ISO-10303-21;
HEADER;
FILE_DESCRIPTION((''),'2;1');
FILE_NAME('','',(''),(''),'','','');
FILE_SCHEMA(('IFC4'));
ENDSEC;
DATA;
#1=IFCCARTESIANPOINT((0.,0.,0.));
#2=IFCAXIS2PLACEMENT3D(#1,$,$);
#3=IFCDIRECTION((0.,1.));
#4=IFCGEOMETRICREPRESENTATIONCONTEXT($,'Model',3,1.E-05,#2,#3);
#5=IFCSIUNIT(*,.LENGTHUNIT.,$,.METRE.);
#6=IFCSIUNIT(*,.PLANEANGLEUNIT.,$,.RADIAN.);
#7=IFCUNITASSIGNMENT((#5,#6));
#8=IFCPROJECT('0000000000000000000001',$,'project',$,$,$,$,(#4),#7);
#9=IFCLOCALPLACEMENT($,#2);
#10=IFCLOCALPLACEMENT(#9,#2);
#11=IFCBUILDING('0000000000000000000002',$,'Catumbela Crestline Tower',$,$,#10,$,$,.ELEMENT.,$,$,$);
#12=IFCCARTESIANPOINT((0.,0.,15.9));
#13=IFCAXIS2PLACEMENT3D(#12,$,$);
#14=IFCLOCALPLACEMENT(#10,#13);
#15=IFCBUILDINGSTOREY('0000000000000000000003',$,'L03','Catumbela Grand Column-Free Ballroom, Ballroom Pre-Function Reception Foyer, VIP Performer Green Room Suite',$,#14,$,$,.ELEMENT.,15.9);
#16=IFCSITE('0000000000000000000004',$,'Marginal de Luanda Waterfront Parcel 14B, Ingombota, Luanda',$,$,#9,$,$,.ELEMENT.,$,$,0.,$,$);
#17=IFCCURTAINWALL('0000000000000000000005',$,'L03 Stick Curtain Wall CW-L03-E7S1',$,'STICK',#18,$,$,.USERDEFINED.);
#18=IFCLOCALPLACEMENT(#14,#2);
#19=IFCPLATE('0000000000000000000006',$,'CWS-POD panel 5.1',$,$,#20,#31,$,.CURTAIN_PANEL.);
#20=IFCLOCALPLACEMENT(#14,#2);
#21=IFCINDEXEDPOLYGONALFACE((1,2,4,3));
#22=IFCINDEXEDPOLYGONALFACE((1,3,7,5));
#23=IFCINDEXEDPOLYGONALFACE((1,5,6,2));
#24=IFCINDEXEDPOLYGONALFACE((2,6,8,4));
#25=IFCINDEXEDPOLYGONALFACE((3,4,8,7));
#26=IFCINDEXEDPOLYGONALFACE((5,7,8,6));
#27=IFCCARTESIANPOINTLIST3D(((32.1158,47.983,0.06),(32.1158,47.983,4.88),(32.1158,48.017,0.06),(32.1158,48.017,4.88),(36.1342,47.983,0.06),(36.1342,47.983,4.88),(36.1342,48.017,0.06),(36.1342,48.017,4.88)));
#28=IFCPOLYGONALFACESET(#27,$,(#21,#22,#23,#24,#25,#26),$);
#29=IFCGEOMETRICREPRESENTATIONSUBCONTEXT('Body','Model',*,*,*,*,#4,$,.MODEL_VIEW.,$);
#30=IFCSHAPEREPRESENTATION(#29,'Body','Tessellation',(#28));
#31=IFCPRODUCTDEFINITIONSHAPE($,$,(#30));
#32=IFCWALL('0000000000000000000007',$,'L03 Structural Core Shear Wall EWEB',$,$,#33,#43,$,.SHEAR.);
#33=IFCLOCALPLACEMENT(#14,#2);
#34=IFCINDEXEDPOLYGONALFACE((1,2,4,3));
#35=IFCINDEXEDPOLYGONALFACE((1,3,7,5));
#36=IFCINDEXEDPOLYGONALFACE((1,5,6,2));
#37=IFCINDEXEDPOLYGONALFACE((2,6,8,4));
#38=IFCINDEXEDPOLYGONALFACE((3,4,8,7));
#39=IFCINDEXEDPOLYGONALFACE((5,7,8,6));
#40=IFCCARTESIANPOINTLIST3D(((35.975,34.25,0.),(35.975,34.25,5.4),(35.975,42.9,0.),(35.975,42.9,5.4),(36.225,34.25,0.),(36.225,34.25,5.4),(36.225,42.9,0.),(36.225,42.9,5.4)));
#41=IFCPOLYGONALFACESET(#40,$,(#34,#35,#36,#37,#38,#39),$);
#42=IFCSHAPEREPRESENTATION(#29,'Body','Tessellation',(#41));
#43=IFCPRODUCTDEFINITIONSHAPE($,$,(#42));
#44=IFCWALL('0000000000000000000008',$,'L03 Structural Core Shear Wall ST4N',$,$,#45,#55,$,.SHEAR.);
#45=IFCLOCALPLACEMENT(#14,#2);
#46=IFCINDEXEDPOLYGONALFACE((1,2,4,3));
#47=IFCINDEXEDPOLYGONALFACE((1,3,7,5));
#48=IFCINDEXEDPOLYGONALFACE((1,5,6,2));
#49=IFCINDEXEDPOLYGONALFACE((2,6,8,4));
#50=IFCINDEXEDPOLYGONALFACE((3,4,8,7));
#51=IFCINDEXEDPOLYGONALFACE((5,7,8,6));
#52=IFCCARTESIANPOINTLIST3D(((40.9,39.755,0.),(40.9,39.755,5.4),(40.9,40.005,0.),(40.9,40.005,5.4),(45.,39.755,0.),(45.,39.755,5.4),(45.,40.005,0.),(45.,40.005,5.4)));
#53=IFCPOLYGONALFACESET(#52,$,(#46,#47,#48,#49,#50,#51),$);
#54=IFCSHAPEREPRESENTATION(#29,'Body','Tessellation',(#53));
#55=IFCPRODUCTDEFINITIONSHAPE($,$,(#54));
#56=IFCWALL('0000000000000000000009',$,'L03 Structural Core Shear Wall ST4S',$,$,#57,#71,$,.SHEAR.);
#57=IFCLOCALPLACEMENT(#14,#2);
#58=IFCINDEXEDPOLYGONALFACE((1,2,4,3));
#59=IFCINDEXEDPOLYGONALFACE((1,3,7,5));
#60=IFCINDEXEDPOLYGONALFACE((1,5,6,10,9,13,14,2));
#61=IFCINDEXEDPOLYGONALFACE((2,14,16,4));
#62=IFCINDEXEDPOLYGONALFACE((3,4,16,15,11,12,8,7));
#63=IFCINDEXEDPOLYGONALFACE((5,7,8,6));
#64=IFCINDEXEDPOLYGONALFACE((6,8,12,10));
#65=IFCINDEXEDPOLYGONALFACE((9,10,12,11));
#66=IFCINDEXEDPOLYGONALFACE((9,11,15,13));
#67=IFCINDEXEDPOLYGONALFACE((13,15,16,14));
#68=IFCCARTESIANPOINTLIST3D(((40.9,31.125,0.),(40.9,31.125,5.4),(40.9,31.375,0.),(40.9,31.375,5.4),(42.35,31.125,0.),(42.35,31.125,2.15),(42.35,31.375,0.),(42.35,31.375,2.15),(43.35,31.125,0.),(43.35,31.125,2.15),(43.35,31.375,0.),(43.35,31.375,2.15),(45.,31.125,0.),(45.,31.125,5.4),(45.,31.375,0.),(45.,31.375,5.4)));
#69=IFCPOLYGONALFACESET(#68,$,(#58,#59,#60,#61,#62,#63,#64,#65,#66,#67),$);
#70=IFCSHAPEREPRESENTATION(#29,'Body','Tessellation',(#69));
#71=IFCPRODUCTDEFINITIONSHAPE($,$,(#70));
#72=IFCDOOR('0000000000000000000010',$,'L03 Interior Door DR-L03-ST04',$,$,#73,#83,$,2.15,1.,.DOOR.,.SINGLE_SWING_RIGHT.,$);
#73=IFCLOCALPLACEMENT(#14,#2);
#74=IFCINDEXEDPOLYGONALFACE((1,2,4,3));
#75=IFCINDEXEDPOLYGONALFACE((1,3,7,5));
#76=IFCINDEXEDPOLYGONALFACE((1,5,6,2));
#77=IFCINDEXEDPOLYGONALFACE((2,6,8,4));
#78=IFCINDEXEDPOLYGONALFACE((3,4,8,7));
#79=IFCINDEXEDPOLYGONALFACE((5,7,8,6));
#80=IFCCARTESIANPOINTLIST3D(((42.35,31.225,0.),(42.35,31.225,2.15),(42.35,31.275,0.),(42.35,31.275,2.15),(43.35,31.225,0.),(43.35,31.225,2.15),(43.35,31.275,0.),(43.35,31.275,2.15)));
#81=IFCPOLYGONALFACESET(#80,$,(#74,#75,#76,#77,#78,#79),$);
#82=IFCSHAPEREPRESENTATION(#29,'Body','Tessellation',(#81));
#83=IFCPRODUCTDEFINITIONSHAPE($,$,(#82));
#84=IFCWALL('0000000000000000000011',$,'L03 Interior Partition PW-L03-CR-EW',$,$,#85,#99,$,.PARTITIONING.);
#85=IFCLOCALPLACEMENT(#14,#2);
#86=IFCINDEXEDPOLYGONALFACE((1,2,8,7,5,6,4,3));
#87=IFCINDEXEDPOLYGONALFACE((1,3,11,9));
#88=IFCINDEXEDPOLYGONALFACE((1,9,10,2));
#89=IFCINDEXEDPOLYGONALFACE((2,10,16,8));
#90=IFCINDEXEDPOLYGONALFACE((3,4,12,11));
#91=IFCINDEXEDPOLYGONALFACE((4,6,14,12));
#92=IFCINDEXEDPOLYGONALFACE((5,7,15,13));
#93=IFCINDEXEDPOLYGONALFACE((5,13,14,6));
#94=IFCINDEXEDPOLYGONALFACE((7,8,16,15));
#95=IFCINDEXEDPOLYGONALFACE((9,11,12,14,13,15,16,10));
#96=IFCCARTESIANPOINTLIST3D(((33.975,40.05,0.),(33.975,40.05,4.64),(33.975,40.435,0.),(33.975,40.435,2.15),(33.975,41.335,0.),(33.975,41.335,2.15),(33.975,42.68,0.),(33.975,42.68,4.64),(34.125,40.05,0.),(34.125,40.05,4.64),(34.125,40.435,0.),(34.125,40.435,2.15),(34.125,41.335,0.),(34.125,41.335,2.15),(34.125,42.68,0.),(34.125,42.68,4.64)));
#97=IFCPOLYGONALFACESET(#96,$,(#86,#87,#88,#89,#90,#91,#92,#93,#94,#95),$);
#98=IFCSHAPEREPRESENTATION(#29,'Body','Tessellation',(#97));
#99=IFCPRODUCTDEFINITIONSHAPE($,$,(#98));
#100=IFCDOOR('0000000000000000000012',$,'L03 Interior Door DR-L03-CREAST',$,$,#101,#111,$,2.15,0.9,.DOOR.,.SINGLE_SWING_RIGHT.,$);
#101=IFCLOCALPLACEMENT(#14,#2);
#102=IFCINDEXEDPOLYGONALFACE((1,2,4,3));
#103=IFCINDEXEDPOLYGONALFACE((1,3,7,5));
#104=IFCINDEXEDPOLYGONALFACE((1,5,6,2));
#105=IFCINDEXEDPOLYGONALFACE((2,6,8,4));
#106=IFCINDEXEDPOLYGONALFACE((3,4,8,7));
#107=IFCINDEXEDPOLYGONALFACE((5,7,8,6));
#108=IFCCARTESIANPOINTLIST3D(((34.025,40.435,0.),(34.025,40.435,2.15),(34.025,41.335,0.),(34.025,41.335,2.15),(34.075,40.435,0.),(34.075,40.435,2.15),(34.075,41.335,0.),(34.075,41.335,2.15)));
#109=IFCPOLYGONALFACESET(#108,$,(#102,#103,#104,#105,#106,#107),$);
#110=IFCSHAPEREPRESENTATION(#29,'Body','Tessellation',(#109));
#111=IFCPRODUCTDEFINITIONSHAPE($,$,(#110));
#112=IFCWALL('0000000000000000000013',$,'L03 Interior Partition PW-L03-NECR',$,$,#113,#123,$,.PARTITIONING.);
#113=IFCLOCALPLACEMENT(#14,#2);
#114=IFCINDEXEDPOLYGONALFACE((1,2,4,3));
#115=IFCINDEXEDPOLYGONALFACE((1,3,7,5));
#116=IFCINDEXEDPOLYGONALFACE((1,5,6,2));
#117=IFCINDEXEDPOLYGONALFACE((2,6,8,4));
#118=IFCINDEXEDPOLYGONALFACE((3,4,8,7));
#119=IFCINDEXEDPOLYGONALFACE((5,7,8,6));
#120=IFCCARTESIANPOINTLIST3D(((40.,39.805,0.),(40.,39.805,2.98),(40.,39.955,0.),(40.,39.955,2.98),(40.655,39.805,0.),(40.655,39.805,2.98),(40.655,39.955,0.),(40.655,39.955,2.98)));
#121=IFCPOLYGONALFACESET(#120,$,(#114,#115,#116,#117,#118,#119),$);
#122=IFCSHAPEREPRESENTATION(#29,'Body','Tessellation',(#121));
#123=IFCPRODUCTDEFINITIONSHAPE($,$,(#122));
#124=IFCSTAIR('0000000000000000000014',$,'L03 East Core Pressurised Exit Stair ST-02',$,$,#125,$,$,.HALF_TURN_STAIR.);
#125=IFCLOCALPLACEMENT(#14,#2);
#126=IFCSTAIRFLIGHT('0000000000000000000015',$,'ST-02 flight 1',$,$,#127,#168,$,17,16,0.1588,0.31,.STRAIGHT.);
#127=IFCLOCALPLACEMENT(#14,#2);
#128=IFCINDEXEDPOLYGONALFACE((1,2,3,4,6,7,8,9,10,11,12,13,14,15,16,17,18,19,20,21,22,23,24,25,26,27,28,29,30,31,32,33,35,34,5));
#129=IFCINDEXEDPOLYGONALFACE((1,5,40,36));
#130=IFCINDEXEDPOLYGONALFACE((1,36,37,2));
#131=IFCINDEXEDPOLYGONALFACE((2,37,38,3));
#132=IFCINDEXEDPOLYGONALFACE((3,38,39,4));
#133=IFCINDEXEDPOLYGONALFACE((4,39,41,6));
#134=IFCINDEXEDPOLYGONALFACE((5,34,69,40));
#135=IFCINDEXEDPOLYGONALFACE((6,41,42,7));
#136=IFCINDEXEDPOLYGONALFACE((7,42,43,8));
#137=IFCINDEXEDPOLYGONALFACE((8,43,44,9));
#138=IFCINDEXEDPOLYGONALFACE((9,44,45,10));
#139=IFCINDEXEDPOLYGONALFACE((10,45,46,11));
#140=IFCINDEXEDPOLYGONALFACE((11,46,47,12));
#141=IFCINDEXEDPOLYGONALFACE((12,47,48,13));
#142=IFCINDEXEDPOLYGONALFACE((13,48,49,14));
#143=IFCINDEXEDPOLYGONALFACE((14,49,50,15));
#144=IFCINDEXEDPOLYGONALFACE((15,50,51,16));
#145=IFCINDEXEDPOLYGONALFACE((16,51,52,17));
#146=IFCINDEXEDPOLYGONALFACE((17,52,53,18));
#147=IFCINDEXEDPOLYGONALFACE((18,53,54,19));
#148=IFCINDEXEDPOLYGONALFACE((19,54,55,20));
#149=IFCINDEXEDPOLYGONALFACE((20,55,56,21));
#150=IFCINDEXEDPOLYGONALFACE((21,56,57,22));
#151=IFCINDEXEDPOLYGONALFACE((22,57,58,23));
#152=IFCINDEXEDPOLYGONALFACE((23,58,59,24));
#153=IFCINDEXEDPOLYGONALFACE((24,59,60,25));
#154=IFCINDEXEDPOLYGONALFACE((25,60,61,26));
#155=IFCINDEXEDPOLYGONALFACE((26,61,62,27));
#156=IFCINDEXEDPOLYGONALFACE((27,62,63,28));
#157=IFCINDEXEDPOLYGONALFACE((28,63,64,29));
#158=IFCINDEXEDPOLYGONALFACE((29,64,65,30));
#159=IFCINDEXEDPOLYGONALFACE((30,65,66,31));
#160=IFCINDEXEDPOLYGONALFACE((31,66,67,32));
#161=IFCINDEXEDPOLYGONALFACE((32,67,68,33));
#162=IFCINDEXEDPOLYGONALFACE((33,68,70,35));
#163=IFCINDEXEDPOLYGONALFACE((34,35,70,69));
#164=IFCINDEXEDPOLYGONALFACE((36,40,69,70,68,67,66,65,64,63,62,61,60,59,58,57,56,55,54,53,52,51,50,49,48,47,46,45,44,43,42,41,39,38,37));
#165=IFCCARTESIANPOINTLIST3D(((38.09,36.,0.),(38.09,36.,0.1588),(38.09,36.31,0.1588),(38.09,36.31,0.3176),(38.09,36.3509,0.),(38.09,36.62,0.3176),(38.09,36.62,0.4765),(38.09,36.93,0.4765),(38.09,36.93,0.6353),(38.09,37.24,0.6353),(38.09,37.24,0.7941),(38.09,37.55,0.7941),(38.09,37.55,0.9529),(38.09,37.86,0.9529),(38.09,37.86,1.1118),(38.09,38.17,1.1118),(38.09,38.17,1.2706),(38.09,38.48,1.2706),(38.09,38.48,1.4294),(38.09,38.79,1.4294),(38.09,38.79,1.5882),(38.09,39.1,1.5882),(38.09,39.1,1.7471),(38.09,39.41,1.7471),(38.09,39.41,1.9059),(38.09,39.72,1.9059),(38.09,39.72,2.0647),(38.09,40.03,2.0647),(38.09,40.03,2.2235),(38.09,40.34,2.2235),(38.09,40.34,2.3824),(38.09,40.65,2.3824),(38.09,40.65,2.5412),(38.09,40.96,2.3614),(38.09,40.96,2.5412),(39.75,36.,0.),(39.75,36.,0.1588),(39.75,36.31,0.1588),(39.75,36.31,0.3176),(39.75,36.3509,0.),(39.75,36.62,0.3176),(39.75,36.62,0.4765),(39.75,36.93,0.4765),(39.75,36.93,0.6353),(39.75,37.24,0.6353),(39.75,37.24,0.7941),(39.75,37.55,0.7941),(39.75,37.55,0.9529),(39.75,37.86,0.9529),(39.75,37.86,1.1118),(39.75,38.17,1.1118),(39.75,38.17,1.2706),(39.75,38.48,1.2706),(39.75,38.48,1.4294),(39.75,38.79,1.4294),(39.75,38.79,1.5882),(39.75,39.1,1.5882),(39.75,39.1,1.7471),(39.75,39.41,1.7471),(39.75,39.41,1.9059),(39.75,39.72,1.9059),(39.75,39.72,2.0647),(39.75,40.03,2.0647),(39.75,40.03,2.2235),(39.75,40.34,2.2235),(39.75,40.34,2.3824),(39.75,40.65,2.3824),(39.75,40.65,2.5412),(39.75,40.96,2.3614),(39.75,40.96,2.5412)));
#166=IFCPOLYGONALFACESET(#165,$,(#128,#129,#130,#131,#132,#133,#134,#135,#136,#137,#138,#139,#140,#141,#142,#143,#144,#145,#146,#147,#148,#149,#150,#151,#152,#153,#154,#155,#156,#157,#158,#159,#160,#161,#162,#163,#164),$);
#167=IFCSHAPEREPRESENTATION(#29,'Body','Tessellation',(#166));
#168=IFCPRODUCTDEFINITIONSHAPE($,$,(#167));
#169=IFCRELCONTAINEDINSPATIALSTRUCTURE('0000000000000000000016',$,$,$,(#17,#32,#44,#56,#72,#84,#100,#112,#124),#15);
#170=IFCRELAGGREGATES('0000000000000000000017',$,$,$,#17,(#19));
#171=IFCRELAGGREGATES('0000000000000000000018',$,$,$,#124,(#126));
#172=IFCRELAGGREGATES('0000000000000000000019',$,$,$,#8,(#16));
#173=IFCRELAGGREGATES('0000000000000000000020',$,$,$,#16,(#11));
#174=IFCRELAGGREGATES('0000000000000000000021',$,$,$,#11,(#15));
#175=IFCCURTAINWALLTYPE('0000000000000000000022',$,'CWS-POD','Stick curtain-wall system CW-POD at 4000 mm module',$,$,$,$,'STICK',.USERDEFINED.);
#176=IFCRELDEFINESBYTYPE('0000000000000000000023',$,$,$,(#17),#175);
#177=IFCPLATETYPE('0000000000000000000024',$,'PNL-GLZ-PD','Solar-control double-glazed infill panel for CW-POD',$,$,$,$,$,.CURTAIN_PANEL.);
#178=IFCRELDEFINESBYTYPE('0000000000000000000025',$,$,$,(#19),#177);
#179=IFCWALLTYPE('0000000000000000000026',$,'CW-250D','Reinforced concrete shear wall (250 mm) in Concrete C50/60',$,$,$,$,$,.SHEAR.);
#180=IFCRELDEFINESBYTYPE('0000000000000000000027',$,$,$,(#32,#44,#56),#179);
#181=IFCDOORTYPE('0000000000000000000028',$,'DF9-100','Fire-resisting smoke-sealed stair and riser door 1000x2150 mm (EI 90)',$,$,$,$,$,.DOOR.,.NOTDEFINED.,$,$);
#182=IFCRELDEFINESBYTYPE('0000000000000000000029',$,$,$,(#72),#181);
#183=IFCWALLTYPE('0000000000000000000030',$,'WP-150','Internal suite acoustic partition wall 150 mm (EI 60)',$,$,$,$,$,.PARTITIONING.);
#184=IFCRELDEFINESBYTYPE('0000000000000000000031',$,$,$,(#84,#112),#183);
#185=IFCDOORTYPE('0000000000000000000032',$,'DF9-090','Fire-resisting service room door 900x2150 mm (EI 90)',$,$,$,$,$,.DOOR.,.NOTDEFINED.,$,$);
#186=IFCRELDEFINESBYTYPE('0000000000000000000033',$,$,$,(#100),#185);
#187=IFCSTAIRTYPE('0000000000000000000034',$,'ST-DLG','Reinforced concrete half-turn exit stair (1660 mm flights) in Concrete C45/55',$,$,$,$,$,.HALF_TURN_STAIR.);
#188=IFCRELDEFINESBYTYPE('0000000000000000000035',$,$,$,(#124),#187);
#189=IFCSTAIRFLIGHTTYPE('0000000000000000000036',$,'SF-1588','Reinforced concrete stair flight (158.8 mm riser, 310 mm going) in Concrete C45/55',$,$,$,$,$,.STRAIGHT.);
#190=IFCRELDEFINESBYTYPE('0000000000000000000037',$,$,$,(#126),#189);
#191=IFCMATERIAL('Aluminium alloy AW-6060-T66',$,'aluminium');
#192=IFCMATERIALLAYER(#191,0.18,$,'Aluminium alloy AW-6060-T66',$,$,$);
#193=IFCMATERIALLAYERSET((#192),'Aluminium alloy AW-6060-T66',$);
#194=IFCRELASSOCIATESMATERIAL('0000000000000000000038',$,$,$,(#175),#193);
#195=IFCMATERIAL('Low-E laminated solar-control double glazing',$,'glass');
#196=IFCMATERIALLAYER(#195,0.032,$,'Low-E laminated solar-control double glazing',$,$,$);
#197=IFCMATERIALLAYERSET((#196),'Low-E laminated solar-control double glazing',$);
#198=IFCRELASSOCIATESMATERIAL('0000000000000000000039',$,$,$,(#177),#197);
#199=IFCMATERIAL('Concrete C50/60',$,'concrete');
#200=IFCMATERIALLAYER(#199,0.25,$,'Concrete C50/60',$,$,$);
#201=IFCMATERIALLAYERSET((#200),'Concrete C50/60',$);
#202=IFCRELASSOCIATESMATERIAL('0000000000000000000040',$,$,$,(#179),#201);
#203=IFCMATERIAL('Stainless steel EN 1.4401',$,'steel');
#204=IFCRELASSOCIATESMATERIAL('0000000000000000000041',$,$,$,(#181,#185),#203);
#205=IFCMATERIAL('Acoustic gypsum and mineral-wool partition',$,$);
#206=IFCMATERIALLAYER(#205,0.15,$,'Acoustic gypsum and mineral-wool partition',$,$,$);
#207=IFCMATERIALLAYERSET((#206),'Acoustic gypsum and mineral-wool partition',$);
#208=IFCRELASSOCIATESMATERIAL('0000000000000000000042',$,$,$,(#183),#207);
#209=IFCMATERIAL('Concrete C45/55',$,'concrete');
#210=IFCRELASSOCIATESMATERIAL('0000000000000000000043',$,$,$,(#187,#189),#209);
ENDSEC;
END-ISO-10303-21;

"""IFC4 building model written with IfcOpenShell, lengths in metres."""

from ifc_helpers import new_model, si_unit, direction, frame, frame_2d, origin, origin_2d, place, context, subcontext, project, spatial, polyline, rectangle, outline, extrude, material, layer, layer_set, type_object, element, fill, aggregate, save


model = new_model("IFC4")

# Units and contexts
model_context = context("Model", 3, precision=1e-05, world=origin(), true_north=direction((0.0, 1.0)))
body_context = subcontext(model_context, "Body", "Model", "MODEL_VIEW")
ifc_project = project(units=[si_unit("LENGTHUNIT", "METRE"), si_unit("PLANEANGLEUNIT", "RADIAN")], contexts=[model_context])

# Site, building, storey
site_placement = place(None, origin())
site = spatial("IfcSite", under=ifc_project, at=site_placement, Name="Marginal de Luanda Waterfront Parcel 14B, Ingombota, Luanda", CompositionType="ELEMENT", RefElevation=0.0)
building_placement = place(site_placement, origin())
building = spatial("IfcBuilding", under=site, at=building_placement, Name="Catumbela Crestline Tower", CompositionType="ELEMENT")
storey_placement = place(building_placement, frame((0.0, 0.0, 15.9)))
storey = spatial("IfcBuildingStorey", under=building, at=storey_placement, Name="L03", Description="Catumbela Grand Column-Free Ballroom, Ballroom Pre-Function Reception Foyer, VIP Performer Green Room Suite", CompositionType="ELEMENT", Elevation=15.9)

# Curtain wall
ifc_material_1 = material(Name="Aluminium alloy AW-6060-T66", Category="aluminium")
ifc_layer_1 = layer(ifc_material_1, 0.18, Name="Aluminium alloy AW-6060-T66")
ifc_layer_set_1 = layer_set([ifc_layer_1], Name="Aluminium alloy AW-6060-T66")
curtain_wall_type = type_object("IfcCurtainWallType", Name="CWS-POD", Description="Stick curtain-wall system CW-POD at 4000 mm module", ElementType="STICK", PredefinedType="USERDEFINED", material=ifc_layer_set_1)
curtain_wall_placement = place(storey_placement, origin())
curtain_wall = element("IfcCurtainWall", 1, at=curtain_wall_placement, inside=storey, type_object=curtain_wall_type, Name="L03 Stick Curtain Wall CW-L03-E7S1", ObjectType="STICK", PredefinedType="USERDEFINED")

# Plate
ifc_material_2 = material(Name="Low-E laminated solar-control double glazing", Category="glass")
ifc_layer_2 = layer(ifc_material_2, 0.032, Name="Low-E laminated solar-control double glazing")
ifc_layer_set_2 = layer_set([ifc_layer_2], Name="Low-E laminated solar-control double glazing")
plate_type = type_object("IfcPlateType", Name="PNL-GLZ-PD", Description="Solar-control double-glazed infill panel for CW-POD", PredefinedType="CURTAIN_PANEL", material=ifc_layer_set_2)
plate_1_placement = place(storey_placement, frame((34.125, 48.0, 0.06), z_axis=(0.0, 0.0, 1.0), x_axis=(-1.0, 0.0, 0.0)))
plate_1 = element("IfcPlate", 2, at=plate_1_placement, type_object=plate_type, Name="CWS-POD panel 5.1", PredefinedType="CURTAIN_PANEL", context=body_context, shape_type="SweptSolid", body=[
    extrude(rectangle(XDim=4.0183, YDim=0.034, at=origin_2d()), origin(), (0.0, 0.0, 1.0), 4.82),
])
aggregate(curtain_wall, [plate_1])

# Walls
ifc_material_3 = material(Name="Concrete C50/60", Category="concrete")
ifc_layer_3 = layer(ifc_material_3, 0.25, Name="Concrete C50/60")
ifc_layer_set_3 = layer_set([ifc_layer_3], Name="Concrete C50/60")
wall_type_1 = type_object("IfcWallType", Name="CW-250D", Description="Reinforced concrete shear wall (250 mm) in Concrete C50/60", PredefinedType="SHEAR", material=ifc_layer_set_3)
wall_1_placement = place(storey_placement, frame((36.1, 34.25, 0.0), z_axis=(0.0, 0.0, 1.0), x_axis=(0.0, 1.0, 0.0)))
element("IfcWall", 3, at=wall_1_placement, inside=storey, type_object=wall_type_1, Name="L03 Structural Core Shear Wall EWEB", PredefinedType="SHEAR", context=body_context, shape_type="SweptSolid", body=[
    extrude(rectangle(XDim=8.65, YDim=0.25, at=frame_2d((4.325, 0.0))), origin(), (0.0, 0.0, 1.0), 5.4),
])
wall_2_placement = place(storey_placement, frame((40.9, 39.88, 0.0), z_axis=(0.0, 0.0, 1.0), x_axis=(1.0, 0.0, 0.0)))
element("IfcWall", 4, at=wall_2_placement, inside=storey, type_object=wall_type_1, Name="L03 Structural Core Shear Wall ST4N", PredefinedType="SHEAR", context=body_context, shape_type="SweptSolid", body=[
    extrude(rectangle(XDim=4.1, YDim=0.25, at=frame_2d((2.05, 0.0))), origin(), (0.0, 0.0, 1.0), 5.4),
])

# Walls, openings, doors
wall_3_placement = place(storey_placement, frame((40.9, 31.25, 0.0), z_axis=(0.0, 0.0, 1.0), x_axis=(1.0, 0.0, 0.0)))
wall_3 = element("IfcWall", 5, at=wall_3_placement, inside=storey, type_object=wall_type_1, Name="L03 Structural Core Shear Wall ST4S", PredefinedType="SHEAR", context=body_context, shape_type="SweptSolid", body=[
    extrude(rectangle(XDim=4.1, YDim=0.25, at=frame_2d((2.05, 0.0))), origin(), (0.0, 0.0, 1.0), 5.4),
])
opening_1_placement = place(wall_3_placement, frame((1.45, 0.0, 0.0)))
opening_1 = element("IfcOpeningElement", 6, at=opening_1_placement, cuts=wall_3, PredefinedType="OPENING", context=body_context, shape_type="SweptSolid", body=[
    extrude(rectangle(XDim=1.0, YDim=2.15, at=frame_2d((0.5, 1.075))), frame((0.0, 0.135, 0.0), z_axis=(0.0, -1.0, 0.0), x_axis=(1.0, 0.0, 0.0)), (0.0, 0.0, 1.0), 0.27),
])
ifc_material_4 = material(Name="Stainless steel EN 1.4401", Category="steel")
door_type_1 = type_object("IfcDoorType", Name="DF9-100", Description="Fire-resisting smoke-sealed stair and riser door 1000x2150 mm (EI 90)", OperationType="NOTDEFINED", PredefinedType="DOOR", material=ifc_material_4)
door_1_placement = place(opening_1_placement, origin())
door_1 = element("IfcDoor", 7, at=door_1_placement, inside=storey, type_object=door_type_1, Name="L03 Interior Door DR-L03-ST04", OperationType="SINGLE_SWING_RIGHT", OverallHeight=2.15, OverallWidth=1.0, PredefinedType="DOOR", context=body_context, shape_type="SweptSolid", body=[
    extrude(rectangle(XDim=1.0, YDim=2.15, at=frame_2d((0.5, 1.075))), frame((0.0, 0.025, 0.0), z_axis=(0.0, -1.0, 0.0), x_axis=(1.0, 0.0, 0.0)), (0.0, 0.0, 1.0), 0.05),
])
fill(opening_1, door_1)
ifc_material_5 = material(Name="Acoustic gypsum and mineral-wool partition")
ifc_layer_4 = layer(ifc_material_5, 0.15, Name="Acoustic gypsum and mineral-wool partition")
ifc_layer_set_4 = layer_set([ifc_layer_4], Name="Acoustic gypsum and mineral-wool partition")
wall_type_2 = type_object("IfcWallType", Name="WP-150", Description="Internal suite acoustic partition wall 150 mm (EI 60)", PredefinedType="PARTITIONING", material=ifc_layer_set_4)
wall_4_placement = place(storey_placement, frame((34.05, 40.05, 0.0), z_axis=(0.0, 0.0, 1.0), x_axis=(0.0, 1.0, 0.0)))
wall_4 = element("IfcWall", 8, at=wall_4_placement, inside=storey, type_object=wall_type_2, Name="L03 Interior Partition PW-L03-CR-EW", PredefinedType="PARTITIONING", context=body_context, shape_type="SweptSolid", body=[
    extrude(rectangle(XDim=2.63, YDim=0.15, at=frame_2d((1.315, 0.0))), origin(), (0.0, 0.0, 1.0), 4.64),
])
opening_2_placement = place(wall_4_placement, frame((0.385, 0.0, 0.0)))
opening_2 = element("IfcOpeningElement", 9, at=opening_2_placement, cuts=wall_4, PredefinedType="OPENING", context=body_context, shape_type="SweptSolid", body=[
    extrude(rectangle(XDim=0.9, YDim=2.15, at=frame_2d((0.45, 1.075))), frame((0.0, 0.085, 0.0), z_axis=(0.0, -1.0, 0.0), x_axis=(1.0, 0.0, 0.0)), (0.0, 0.0, 1.0), 0.17),
])
door_type_2 = type_object("IfcDoorType", Name="DF9-090", Description="Fire-resisting service room door 900x2150 mm (EI 90)", OperationType="NOTDEFINED", PredefinedType="DOOR", material=ifc_material_4)
door_2_placement = place(opening_2_placement, origin())
door_2 = element("IfcDoor", 10, at=door_2_placement, inside=storey, type_object=door_type_2, Name="L03 Interior Door DR-L03-CREAST", OperationType="SINGLE_SWING_RIGHT", OverallHeight=2.15, OverallWidth=0.9, PredefinedType="DOOR", context=body_context, shape_type="SweptSolid", body=[
    extrude(rectangle(XDim=0.9, YDim=2.15, at=frame_2d((0.45, 1.075))), frame((0.0, 0.025, 0.0), z_axis=(0.0, -1.0, 0.0), x_axis=(1.0, 0.0, 0.0)), (0.0, 0.0, 1.0), 0.05),
])
fill(opening_2, door_2)

# Wall
wall_5_placement = place(storey_placement, frame((40.0, 39.88, 0.0), z_axis=(0.0, 0.0, 1.0), x_axis=(1.0, 0.0, 0.0)))
element("IfcWall", 11, at=wall_5_placement, inside=storey, type_object=wall_type_2, Name="L03 Interior Partition PW-L03-NECR", PredefinedType="PARTITIONING", context=body_context, shape_type="SweptSolid", body=[
    extrude(rectangle(XDim=0.655, YDim=0.15, at=frame_2d((0.3275, 0.0))), origin(), (0.0, 0.0, 1.0), 2.98),
])

# Stair, stair flight
ifc_material_6 = material(Name="Concrete C45/55", Category="concrete")
stair_type = type_object("IfcStairType", Name="ST-DLG", Description="Reinforced concrete half-turn exit stair (1660 mm flights) in Concrete C45/55", PredefinedType="HALF_TURN_STAIR", material=ifc_material_6)
stair_placement = place(storey_placement, origin())
stair = element("IfcStair", 12, at=stair_placement, inside=storey, type_object=stair_type, Name="L03 East Core Pressurised Exit Stair ST-02", PredefinedType="HALF_TURN_STAIR")
stair_flight_type = type_object("IfcStairFlightType", Name="SF-1588", Description="Reinforced concrete stair flight (158.8 mm riser, 310 mm going) in Concrete C45/55", PredefinedType="STRAIGHT", material=ifc_material_6)
stair_flight_1_placement = place(storey_placement, frame((38.92, 36.0, 0.0), z_axis=(0.0, 0.0, 1.0), x_axis=(0.0, 1.0, 0.0)))
stair_flight_1 = element("IfcStairFlight", 13, at=stair_flight_1_placement, type_object=stair_flight_type, Name="ST-02 flight 1", NumberOfRisers=17, NumberOfTreads=16, PredefinedType="STRAIGHT", RiserHeight=0.1588, TreadLength=0.31, context=body_context, shape_type="SweptSolid", body=[
    extrude(outline(polyline([(0.0, 0.0), (0.0, 0.1588), (0.31, 0.1588), (0.31, 0.3176), (0.62, 0.3176), (0.62, 0.4765), (0.93, 0.4765), (0.93, 0.6353), (1.24, 0.6353), (1.24, 0.7941), (1.55, 0.7941), (1.55, 0.9529), (1.86, 0.9529), (1.86, 1.1118), (2.17, 1.1118), (2.17, 1.2706), (2.48, 1.2706), (2.48, 1.4294), (2.79, 1.4294), (2.79, 1.5882), (3.1, 1.5882), (3.1, 1.7471), (3.41, 1.7471), (3.41, 1.9059), (3.72, 1.9059), (3.72, 2.0647), (4.03, 2.0647), (4.03, 2.2235), (4.34, 2.2235), (4.34, 2.3824), (4.65, 2.3824), (4.65, 2.5412), (4.96, 2.5412), (4.96, 2.7), (4.96, 2.3614), (0.3509, 0.0), (0.0, 0.0)])), frame((0.0, 0.83, 0.0), z_axis=(0.0, -1.0, 0.0), x_axis=(1.0, 0.0, 0.0)), (0.0, 0.0, 1.0), 1.66),
])
aggregate(stair, [stair_flight_1])

save(model, "model.ifc")
